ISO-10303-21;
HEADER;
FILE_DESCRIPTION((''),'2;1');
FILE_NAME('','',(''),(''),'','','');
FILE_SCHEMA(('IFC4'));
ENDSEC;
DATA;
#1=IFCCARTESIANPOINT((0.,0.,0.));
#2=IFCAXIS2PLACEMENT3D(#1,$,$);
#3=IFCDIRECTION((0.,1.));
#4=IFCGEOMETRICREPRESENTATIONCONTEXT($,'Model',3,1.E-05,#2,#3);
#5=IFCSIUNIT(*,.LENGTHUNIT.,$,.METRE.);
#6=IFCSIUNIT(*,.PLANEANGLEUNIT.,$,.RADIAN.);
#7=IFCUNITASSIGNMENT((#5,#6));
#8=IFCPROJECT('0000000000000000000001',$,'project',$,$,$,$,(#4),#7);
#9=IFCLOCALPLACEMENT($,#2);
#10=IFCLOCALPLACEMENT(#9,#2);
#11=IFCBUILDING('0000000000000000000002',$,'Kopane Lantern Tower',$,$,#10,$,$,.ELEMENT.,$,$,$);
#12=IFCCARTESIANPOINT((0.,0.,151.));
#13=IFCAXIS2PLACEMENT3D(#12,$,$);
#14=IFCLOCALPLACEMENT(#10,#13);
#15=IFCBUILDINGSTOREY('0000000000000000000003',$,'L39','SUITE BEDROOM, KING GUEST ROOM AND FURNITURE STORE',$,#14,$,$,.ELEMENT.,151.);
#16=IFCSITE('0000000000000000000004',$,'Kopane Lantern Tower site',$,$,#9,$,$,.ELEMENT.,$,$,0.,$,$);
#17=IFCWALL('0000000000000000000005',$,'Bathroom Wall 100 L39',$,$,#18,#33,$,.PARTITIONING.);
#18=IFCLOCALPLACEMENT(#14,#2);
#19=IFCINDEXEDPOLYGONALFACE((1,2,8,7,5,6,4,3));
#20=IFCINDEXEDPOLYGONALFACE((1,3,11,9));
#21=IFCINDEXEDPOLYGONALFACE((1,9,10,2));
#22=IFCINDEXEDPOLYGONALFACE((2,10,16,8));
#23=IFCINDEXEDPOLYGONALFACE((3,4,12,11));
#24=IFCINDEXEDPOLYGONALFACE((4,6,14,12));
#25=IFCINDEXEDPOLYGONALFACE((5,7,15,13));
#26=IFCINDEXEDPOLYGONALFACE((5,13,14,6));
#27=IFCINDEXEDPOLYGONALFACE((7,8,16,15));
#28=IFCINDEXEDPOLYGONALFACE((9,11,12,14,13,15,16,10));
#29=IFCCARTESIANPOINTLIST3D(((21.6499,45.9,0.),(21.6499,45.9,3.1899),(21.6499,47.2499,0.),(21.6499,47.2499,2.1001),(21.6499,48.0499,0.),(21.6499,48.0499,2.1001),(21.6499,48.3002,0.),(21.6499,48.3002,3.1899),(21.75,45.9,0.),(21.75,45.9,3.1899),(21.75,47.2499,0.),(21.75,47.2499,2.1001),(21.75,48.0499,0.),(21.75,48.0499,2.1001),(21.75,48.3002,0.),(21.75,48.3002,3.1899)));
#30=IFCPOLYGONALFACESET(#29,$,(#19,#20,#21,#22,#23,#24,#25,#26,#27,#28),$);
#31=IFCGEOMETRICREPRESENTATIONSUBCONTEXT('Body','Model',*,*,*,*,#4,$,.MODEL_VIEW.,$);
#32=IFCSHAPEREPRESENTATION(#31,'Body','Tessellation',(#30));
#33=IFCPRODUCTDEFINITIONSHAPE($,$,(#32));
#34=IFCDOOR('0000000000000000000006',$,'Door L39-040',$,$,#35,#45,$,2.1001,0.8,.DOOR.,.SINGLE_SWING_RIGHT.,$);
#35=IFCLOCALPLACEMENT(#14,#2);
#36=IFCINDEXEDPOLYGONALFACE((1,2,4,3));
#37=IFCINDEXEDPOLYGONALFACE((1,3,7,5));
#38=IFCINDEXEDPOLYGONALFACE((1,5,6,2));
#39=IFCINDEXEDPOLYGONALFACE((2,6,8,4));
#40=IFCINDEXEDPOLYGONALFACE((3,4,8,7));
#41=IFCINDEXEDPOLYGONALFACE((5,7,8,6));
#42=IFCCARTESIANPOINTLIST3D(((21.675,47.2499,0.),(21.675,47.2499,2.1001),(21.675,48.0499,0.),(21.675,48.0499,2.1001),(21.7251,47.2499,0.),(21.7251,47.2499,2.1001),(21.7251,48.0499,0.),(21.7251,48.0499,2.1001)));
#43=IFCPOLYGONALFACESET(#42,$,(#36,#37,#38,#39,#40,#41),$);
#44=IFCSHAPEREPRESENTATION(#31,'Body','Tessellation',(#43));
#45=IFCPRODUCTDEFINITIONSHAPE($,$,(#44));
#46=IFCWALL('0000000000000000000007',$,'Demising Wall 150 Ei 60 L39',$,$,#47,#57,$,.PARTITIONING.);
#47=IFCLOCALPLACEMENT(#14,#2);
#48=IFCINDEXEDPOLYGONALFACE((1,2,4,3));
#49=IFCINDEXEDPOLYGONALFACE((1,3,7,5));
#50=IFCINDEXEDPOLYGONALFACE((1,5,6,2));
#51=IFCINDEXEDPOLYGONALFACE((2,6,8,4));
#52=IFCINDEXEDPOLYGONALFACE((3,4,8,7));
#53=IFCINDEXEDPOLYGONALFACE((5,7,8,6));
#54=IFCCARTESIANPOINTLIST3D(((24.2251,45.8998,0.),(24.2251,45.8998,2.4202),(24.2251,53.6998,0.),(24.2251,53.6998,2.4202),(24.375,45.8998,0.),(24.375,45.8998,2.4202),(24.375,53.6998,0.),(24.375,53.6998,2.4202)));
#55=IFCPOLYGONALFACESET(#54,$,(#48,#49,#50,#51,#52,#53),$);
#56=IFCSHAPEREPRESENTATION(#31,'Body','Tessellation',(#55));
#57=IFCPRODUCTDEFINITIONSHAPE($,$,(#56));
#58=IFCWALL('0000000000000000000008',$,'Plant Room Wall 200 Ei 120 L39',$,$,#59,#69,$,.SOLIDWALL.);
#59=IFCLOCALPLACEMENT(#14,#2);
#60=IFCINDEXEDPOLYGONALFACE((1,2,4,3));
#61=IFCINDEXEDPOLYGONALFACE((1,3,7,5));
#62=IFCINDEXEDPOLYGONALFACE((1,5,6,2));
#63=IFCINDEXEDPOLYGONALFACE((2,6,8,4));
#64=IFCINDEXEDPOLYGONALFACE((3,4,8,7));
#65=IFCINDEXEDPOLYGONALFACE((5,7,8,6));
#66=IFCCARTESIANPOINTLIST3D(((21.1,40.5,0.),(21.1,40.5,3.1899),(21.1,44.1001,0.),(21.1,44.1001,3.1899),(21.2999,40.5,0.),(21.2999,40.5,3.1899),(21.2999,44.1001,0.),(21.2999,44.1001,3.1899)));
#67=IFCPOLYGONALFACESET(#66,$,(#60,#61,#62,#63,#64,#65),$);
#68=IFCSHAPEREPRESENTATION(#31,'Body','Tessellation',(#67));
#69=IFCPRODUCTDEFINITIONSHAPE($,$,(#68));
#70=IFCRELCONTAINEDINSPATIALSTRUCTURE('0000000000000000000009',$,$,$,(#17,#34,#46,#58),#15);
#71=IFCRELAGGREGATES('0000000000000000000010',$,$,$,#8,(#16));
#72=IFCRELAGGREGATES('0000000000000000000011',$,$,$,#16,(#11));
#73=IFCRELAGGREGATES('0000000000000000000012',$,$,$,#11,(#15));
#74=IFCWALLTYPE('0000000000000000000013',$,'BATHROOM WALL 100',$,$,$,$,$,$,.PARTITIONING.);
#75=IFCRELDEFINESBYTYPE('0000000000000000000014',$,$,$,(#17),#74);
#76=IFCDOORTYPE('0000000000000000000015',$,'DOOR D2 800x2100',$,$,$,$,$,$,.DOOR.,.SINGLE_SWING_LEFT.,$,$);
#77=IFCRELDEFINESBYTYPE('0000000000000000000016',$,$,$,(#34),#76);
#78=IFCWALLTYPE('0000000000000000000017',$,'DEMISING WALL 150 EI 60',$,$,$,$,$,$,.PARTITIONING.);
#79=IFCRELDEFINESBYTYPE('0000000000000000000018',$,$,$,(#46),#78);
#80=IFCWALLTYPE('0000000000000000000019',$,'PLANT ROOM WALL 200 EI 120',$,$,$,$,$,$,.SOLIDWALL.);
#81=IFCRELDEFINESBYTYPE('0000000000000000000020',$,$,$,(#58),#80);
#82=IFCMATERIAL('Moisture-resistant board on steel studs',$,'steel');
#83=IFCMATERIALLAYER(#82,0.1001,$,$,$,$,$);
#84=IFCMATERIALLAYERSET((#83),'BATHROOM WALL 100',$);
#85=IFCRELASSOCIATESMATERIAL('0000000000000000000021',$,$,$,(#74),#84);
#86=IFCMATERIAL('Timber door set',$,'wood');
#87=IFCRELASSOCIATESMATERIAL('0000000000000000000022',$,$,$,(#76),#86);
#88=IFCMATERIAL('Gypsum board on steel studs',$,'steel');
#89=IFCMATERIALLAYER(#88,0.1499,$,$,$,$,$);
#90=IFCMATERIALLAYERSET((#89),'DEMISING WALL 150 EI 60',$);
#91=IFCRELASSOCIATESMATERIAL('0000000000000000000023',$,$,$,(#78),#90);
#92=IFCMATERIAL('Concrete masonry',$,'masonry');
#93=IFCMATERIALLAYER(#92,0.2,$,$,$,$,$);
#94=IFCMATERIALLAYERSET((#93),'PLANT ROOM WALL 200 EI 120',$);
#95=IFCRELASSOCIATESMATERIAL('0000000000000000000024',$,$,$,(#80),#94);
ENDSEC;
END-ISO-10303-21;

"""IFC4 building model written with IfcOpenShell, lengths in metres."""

from ifc_helpers import new_model, si_unit, direction, frame, frame_2d, origin, place, context, subcontext, project, spatial, rectangle, extrude, material, layer, layer_set, type_object, element, fill, save


model = new_model("IFC4")

# Units and contexts
model_context = context("Model", 3, precision=1e-05, world=origin(), true_north=direction((0.0, 1.0)))
body_context = subcontext(model_context, "Body", "Model", "MODEL_VIEW")
ifc_project = project(units=[si_unit("LENGTHUNIT", "METRE"), si_unit("PLANEANGLEUNIT", "RADIAN")], contexts=[model_context])

# Site, building, storey
site_placement = place(None, origin())
site = spatial("IfcSite", under=ifc_project, at=site_placement, Name="Kopane Lantern Tower site", CompositionType="ELEMENT", RefElevation=0.0)
building_placement = place(site_placement, origin())
building = spatial("IfcBuilding", under=site, at=building_placement, Name="Kopane Lantern Tower", CompositionType="ELEMENT")
storey_placement = place(building_placement, frame((0.0, 0.0, 151.0)))
storey = spatial("IfcBuildingStorey", under=building, at=storey_placement, Name="L39", Description="SUITE BEDROOM, KING GUEST ROOM AND FURNITURE STORE", CompositionType="ELEMENT", Elevation=151.0)

# Shared definitions
ifc_material_1 = material(Name="Moisture-resistant board on steel studs", Category="steel")
ifc_layer_1 = layer(ifc_material_1, 0.1001)
ifc_layer_set_1 = layer_set([ifc_layer_1], Name="BATHROOM WALL 100")
wall_type_1 = type_object("IfcWallType", Name="BATHROOM WALL 100", PredefinedType="PARTITIONING", material=ifc_layer_set_1)

# Wall, opening, door
wall_1_placement = place(storey_placement, frame((21.7, 45.8999, 0.0), z_axis=(0.0, 0.0, 1.0), x_axis=(0.0, 1.0, 0.0)))
wall_1 = element("IfcWall", 1, at=wall_1_placement, inside=storey, type_object=wall_type_1, Name="Bathroom Wall 100 L39", PredefinedType="PARTITIONING", context=body_context, shape_type="SweptSolid", body=[
    extrude(rectangle(XDim=2.4001, YDim=0.1001, at=frame_2d((1.2002, 0.0))), origin(), (0.0, 0.0, 1.0), 3.1899),
])
opening_1_placement = place(wall_1_placement, frame((1.3501, 0.0, 0.0)))
opening_1 = element("IfcOpeningElement", 2, at=opening_1_placement, cuts=wall_1, PredefinedType="OPENING", context=body_context, shape_type="SweptSolid", body=[
    extrude(rectangle(XDim=0.8, YDim=2.1001, at=frame_2d((0.3999, 1.05))), frame((0.0, 0.0601, 0.0), z_axis=(0.0, -1.0, 0.0), x_axis=(1.0, 0.0, 0.0)), (0.0, 0.0, 1.0), 0.1201),
])
ifc_material_2 = material(Name="Timber door set", Category="wood")
door_type_1 = type_object("IfcDoorType", Name="DOOR D2 800x2100", OperationType="SINGLE_SWING_LEFT", PredefinedType="DOOR", material=ifc_material_2)
door_1_placement = place(opening_1_placement, origin())
door_1 = element("IfcDoor", 3, at=door_1_placement, inside=storey, type_object=door_type_1, Name="Door L39-040", OperationType="SINGLE_SWING_RIGHT", OverallHeight=2.1001, OverallWidth=0.8, PredefinedType="DOOR", context=body_context, shape_type="SweptSolid", body=[
    extrude(rectangle(XDim=0.8, YDim=2.1001, at=frame_2d((0.3999, 1.05))), frame((0.0, 0.0249, 0.0), z_axis=(0.0, -1.0, 0.0), x_axis=(1.0, 0.0, 0.0)), (0.0, 0.0, 1.0), 0.05),
])
fill(opening_1, door_1)

# Walls
ifc_material_3 = material(Name="Gypsum board on steel studs", Category="steel")
ifc_layer_2 = layer(ifc_material_3, 0.1499)
ifc_layer_set_2 = layer_set([ifc_layer_2], Name="DEMISING WALL 150 EI 60")
wall_type_2 = type_object("IfcWallType", Name="DEMISING WALL 150 EI 60", PredefinedType="PARTITIONING", material=ifc_layer_set_2)
wall_2_placement = place(storey_placement, frame((24.3, 45.8999, 0.0), z_axis=(0.0, 0.0, 1.0), x_axis=(0.0, 1.0, 0.0)))
element("IfcWall", 4, at=wall_2_placement, inside=storey, type_object=wall_type_2, Name="Demising Wall 150 Ei 60 L39", PredefinedType="PARTITIONING", context=body_context, shape_type="SweptSolid", body=[
    extrude(rectangle(XDim=7.8, YDim=0.1499, at=frame_2d((3.8999, 0.0))), origin(), (0.0, 0.0, 1.0), 2.4202),
])
ifc_material_4 = material(Name="Concrete masonry", Category="masonry")
ifc_layer_3 = layer(ifc_material_4, 0.2)
ifc_layer_set_3 = layer_set([ifc_layer_3], Name="PLANT ROOM WALL 200 EI 120")
wall_type_3 = type_object("IfcWallType", Name="PLANT ROOM WALL 200 EI 120", PredefinedType="SOLIDWALL", material=ifc_layer_set_3)
wall_3_placement = place(storey_placement, frame((21.2, 44.1001, 0.0), z_axis=(0.0, 0.0, 1.0), x_axis=(0.0, -1.0, 0.0)))
element("IfcWall", 5, at=wall_3_placement, inside=storey, type_object=wall_type_3, Name="Plant Room Wall 200 Ei 120 L39", PredefinedType="SOLIDWALL", context=body_context, shape_type="SweptSolid", body=[
    extrude(rectangle(XDim=3.6001, YDim=0.2, at=frame_2d((1.8, 0.0))), origin(), (0.0, 0.0, 1.0), 3.1899),
])

save(model, "model.ifc")
